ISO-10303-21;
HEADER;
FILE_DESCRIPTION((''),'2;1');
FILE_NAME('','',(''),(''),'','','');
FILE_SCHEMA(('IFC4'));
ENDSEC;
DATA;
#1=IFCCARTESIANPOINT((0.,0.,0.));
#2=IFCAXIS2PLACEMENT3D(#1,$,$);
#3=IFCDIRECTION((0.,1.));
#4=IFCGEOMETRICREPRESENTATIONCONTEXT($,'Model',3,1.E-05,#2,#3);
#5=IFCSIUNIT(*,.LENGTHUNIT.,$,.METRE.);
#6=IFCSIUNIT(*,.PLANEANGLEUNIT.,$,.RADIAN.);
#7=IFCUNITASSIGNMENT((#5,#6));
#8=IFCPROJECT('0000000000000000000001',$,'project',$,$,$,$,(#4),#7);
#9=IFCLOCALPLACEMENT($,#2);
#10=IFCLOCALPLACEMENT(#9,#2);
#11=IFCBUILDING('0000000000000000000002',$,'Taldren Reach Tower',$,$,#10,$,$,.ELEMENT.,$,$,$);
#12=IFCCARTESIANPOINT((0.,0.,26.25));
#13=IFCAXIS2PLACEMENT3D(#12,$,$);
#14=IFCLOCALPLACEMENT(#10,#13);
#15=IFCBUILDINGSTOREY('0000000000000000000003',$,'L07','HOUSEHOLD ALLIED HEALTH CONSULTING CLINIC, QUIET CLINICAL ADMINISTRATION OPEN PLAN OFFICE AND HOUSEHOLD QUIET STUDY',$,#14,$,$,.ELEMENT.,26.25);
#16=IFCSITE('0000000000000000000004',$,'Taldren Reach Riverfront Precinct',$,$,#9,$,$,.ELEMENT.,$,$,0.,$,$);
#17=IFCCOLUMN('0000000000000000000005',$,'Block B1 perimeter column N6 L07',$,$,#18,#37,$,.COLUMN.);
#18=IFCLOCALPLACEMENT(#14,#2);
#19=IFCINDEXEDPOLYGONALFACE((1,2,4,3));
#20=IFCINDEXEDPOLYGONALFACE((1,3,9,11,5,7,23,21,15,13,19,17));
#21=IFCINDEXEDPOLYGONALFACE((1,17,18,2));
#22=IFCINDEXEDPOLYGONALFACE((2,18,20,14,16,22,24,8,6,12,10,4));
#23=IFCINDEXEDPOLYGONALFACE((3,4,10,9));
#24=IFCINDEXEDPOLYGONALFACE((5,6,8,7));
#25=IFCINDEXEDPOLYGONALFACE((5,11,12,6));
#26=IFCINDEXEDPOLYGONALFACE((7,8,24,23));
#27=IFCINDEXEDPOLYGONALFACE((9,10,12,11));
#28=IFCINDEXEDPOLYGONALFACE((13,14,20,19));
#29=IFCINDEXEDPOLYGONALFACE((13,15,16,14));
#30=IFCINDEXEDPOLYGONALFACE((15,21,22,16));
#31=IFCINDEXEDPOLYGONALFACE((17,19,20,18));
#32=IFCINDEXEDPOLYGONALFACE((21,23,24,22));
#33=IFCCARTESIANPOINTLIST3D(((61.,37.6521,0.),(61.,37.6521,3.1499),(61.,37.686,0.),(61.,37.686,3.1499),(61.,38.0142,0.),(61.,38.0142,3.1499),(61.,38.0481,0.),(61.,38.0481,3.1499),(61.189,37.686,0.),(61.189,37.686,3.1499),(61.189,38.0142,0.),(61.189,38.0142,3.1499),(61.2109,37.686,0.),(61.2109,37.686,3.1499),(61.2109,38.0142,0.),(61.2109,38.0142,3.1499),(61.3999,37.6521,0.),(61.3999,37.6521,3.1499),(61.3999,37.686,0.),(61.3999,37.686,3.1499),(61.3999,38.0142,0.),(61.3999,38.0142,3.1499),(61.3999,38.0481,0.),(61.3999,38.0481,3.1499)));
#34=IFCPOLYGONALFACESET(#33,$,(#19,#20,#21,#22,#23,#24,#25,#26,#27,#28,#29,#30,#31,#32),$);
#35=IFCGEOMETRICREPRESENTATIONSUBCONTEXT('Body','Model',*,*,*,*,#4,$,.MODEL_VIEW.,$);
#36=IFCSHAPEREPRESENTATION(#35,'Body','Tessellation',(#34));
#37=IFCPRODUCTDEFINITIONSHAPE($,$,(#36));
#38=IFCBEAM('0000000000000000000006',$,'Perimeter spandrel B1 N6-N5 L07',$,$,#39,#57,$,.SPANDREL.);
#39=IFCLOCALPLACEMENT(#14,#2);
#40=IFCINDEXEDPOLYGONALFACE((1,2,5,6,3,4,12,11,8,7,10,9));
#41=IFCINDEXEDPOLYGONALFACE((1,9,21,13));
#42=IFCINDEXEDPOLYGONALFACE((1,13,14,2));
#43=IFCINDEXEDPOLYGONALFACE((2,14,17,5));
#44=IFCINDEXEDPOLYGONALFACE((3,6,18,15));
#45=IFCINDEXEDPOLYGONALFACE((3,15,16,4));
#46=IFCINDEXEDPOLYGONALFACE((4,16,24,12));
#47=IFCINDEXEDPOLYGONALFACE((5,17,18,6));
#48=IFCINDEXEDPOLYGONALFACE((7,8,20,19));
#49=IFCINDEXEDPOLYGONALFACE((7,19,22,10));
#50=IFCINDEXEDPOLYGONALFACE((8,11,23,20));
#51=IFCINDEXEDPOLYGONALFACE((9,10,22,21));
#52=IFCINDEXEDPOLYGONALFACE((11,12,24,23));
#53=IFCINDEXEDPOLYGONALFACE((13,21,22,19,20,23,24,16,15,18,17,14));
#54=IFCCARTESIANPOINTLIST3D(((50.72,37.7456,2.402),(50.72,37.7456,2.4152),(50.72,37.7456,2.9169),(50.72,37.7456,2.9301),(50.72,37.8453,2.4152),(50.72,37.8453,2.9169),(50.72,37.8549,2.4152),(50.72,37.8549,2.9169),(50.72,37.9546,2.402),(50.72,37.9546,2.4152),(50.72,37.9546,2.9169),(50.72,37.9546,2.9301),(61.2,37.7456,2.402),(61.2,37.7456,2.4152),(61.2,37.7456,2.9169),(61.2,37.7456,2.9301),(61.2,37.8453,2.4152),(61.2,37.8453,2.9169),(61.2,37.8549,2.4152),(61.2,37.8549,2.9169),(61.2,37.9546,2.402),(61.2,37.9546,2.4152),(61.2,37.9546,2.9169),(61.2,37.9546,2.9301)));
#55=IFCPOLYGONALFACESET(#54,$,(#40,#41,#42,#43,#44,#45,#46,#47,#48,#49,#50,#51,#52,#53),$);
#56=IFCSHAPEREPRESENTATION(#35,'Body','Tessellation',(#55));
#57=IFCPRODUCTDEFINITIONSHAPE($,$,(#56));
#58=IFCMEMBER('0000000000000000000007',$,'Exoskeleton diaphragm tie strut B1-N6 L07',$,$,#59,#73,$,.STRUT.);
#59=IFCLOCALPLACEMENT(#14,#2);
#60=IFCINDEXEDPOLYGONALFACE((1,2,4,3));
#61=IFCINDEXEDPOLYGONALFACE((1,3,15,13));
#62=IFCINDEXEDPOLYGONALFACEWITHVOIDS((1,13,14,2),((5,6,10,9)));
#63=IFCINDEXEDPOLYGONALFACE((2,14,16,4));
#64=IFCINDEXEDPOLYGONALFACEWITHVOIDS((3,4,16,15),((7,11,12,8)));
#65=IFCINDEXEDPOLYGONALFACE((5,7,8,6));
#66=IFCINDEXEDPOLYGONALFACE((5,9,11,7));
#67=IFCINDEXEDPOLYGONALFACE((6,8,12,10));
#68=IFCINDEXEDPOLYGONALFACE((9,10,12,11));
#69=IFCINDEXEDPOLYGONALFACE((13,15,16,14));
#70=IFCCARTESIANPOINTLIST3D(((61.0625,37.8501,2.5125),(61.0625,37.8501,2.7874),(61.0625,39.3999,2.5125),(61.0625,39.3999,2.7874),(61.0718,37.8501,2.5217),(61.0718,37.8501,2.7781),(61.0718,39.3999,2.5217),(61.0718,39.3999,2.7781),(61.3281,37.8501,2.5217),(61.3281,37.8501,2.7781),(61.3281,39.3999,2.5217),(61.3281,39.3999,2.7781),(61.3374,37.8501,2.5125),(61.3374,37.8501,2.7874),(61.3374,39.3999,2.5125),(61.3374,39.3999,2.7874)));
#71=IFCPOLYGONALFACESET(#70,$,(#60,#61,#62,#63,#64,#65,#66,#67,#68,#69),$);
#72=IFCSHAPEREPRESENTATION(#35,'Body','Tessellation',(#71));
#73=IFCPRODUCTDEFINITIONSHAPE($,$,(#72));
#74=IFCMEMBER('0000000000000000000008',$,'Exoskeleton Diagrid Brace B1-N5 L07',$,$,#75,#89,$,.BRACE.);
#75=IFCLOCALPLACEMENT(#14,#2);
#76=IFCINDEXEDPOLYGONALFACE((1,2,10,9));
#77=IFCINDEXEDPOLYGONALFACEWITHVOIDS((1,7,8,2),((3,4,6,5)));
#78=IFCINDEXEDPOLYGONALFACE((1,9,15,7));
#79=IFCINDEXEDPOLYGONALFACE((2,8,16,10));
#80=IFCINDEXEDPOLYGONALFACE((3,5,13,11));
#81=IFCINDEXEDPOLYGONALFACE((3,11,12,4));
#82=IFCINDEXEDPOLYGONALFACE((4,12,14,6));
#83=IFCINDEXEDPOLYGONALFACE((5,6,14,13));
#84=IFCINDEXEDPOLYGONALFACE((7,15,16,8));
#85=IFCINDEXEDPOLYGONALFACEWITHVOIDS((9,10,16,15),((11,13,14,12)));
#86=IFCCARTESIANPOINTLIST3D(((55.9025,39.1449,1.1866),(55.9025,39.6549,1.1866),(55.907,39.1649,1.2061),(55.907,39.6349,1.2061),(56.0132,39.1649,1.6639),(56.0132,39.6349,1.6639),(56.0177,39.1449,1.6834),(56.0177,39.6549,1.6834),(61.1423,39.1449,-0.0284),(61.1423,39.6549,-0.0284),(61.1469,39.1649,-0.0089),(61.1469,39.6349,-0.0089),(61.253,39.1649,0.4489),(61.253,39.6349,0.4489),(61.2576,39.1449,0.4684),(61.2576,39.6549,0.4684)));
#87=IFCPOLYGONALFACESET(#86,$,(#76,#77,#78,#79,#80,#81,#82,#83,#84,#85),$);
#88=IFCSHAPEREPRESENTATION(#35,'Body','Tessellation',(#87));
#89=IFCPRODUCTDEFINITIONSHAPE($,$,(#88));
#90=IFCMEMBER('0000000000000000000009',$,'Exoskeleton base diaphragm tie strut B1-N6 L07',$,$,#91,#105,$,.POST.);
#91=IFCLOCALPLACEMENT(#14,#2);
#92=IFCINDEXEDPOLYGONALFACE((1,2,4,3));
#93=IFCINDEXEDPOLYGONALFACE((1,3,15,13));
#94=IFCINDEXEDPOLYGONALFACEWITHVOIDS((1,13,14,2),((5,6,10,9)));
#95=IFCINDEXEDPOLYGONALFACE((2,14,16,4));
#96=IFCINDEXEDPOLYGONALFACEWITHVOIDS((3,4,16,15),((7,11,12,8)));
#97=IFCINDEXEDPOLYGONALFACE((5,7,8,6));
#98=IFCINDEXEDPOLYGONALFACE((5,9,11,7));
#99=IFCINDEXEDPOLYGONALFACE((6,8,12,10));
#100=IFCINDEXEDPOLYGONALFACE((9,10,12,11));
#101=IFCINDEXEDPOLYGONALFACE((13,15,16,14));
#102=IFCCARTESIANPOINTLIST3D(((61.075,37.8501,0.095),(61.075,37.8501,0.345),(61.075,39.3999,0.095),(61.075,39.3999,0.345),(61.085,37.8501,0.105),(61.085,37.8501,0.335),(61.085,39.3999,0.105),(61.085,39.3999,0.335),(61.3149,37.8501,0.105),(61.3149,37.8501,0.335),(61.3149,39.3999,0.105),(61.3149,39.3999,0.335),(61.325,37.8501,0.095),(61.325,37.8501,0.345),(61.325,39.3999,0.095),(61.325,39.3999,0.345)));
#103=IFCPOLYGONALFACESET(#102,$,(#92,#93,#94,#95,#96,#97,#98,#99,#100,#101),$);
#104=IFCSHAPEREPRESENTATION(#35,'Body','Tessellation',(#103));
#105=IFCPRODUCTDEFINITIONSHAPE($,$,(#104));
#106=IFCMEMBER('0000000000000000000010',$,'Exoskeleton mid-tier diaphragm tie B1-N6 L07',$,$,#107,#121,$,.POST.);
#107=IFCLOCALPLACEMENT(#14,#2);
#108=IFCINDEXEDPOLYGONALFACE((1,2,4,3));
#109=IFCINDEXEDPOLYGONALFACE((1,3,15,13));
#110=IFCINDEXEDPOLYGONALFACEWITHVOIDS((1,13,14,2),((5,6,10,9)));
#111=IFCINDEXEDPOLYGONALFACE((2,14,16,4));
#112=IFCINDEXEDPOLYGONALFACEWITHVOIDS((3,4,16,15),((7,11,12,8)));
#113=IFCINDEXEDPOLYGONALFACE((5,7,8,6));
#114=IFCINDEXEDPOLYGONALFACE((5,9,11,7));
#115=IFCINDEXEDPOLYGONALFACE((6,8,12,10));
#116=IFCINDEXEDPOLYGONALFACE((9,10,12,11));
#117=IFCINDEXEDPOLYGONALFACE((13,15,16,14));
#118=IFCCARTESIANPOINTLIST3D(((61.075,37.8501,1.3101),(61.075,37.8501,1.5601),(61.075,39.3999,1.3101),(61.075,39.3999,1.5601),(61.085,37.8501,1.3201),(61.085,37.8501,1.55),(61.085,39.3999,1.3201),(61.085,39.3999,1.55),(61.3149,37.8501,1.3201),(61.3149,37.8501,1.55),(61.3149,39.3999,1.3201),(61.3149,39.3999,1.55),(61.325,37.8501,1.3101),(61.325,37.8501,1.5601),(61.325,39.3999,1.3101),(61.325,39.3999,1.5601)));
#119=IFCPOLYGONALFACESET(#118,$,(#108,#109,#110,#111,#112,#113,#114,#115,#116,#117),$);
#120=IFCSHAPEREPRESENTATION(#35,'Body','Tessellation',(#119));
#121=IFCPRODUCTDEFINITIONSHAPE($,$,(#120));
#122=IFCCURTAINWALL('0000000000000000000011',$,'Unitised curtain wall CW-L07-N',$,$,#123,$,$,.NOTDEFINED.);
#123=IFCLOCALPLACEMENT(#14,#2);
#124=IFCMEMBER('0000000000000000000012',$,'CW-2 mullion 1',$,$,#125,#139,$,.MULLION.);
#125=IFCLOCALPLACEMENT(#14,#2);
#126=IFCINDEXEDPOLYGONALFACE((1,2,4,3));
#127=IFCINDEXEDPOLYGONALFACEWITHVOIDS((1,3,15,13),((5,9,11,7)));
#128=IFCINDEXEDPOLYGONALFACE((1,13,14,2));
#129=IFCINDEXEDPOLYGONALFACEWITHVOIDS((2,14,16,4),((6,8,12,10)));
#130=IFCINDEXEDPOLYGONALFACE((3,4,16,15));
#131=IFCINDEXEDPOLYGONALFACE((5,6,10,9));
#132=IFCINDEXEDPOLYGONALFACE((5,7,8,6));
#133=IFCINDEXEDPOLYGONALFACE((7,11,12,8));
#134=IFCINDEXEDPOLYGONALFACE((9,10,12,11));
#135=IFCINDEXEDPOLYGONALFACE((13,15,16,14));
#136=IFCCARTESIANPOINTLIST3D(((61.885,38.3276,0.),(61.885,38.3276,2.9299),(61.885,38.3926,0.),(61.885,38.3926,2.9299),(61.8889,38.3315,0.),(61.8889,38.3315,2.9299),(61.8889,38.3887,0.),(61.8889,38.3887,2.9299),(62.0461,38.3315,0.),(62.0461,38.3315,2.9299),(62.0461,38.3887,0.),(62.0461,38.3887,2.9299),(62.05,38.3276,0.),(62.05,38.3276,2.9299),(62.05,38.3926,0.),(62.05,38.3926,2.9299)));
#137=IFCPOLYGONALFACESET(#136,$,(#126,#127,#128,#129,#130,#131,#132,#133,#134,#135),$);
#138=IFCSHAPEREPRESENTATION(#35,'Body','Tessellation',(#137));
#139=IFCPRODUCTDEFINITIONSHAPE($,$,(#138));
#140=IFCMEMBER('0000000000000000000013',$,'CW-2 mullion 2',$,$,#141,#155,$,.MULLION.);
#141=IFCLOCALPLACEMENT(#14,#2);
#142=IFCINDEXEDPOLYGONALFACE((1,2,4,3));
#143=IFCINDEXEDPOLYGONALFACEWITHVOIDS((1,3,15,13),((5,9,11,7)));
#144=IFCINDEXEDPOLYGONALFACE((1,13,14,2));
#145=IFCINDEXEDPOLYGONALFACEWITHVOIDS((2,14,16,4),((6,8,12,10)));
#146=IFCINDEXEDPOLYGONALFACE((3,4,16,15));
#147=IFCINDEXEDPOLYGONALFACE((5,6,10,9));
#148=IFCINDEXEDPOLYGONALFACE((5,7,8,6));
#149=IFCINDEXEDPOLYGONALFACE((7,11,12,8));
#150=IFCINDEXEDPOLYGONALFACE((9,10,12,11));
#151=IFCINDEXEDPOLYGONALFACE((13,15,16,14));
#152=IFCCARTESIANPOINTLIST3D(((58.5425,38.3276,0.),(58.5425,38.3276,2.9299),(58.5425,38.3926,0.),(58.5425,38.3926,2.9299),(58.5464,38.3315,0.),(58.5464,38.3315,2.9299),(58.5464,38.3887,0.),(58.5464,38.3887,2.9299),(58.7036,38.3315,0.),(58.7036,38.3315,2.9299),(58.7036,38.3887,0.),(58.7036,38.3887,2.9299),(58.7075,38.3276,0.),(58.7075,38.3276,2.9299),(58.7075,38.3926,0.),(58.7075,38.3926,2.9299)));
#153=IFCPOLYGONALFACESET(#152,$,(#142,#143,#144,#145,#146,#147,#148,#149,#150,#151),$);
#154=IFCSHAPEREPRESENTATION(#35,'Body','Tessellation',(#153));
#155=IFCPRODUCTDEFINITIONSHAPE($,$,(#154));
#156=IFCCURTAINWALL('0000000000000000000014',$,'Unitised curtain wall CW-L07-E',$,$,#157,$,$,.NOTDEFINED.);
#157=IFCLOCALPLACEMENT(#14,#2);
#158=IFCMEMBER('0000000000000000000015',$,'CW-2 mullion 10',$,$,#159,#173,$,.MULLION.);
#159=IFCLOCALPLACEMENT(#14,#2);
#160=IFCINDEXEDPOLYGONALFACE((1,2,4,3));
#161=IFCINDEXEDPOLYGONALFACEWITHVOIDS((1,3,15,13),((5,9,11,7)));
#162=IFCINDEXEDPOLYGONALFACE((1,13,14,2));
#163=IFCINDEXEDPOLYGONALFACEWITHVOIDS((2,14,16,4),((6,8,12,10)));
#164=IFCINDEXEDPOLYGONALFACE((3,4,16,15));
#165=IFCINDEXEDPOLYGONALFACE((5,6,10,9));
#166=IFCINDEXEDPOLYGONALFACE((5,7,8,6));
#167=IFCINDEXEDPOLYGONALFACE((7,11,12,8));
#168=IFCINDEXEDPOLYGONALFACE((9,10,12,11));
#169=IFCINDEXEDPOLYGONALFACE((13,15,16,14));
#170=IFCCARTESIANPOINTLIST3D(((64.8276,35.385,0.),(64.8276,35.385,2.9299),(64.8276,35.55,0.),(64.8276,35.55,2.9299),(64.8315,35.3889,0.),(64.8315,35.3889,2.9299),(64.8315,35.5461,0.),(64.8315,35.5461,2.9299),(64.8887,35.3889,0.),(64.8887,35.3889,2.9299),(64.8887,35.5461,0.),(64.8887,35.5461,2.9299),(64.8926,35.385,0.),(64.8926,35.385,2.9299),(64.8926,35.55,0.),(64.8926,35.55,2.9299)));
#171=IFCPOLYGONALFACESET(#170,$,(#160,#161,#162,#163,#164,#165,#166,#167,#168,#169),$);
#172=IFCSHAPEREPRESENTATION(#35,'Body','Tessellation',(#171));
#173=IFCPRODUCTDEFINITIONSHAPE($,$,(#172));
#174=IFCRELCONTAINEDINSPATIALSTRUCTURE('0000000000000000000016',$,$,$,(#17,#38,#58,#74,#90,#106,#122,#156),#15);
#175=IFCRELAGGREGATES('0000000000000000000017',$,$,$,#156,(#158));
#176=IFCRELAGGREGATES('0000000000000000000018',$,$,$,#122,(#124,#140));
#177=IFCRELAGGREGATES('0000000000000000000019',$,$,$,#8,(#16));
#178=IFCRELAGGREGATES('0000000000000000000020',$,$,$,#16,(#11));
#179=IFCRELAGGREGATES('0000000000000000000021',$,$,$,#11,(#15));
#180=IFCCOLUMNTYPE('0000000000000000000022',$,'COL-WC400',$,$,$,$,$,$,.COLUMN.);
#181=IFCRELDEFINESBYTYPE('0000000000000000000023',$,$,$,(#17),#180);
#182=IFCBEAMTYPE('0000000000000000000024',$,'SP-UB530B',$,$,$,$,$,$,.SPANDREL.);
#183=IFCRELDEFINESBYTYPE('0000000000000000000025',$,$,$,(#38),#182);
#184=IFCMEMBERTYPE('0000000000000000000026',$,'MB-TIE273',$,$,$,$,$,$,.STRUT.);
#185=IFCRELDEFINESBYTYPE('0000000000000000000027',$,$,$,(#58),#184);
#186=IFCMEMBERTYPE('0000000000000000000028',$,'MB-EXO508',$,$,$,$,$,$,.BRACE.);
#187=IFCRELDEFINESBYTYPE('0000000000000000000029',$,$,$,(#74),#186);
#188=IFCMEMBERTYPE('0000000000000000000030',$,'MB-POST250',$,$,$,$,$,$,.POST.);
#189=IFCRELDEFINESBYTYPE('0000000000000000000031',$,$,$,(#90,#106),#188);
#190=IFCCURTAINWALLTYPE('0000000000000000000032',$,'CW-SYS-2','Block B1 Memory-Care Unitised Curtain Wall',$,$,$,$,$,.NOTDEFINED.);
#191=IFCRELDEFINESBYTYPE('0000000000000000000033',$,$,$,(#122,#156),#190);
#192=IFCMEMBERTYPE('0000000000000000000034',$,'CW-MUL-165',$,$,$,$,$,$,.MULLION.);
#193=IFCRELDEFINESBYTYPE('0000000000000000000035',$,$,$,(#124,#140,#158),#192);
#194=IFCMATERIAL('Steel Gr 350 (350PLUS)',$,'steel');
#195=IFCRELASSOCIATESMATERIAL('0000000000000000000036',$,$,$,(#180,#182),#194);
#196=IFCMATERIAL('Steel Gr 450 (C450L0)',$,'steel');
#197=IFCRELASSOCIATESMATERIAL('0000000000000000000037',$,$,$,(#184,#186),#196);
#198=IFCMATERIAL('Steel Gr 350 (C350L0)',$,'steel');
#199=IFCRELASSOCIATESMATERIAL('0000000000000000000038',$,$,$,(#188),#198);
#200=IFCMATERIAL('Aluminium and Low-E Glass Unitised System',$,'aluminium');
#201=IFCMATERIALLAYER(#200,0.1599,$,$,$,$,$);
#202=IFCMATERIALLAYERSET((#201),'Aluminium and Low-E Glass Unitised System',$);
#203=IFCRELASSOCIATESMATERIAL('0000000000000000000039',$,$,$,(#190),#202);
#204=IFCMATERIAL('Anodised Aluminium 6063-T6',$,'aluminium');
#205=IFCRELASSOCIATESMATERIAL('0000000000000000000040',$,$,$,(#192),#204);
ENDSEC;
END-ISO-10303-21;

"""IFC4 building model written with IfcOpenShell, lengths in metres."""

from ifc_helpers import new_model, si_unit, direction, frame, origin, origin_2d, place, context, subcontext, project, spatial, hollow_rectangle, i_section, extrude, source, transform, mapped, material, layer, layer_set, material_profile, profile_set, type_object, element, aggregate, save


model = new_model("IFC4")

# Units and contexts
model_context = context("Model", 3, precision=1e-05, world=origin(), true_north=direction((0.0, 1.0)))
body_context = subcontext(model_context, "Body", "Model", "MODEL_VIEW")
ifc_project = project(units=[si_unit("LENGTHUNIT", "METRE"), si_unit("PLANEANGLEUNIT", "RADIAN")], contexts=[model_context])

# Site, building, storey
site_placement = place(None, origin())
site = spatial("IfcSite", under=ifc_project, at=site_placement, Name="Taldren Reach Riverfront Precinct", CompositionType="ELEMENT", RefElevation=0.0)
building_placement = place(site_placement, origin())
building = spatial("IfcBuilding", under=site, at=building_placement, Name="Taldren Reach Tower", CompositionType="ELEMENT")
storey_placement = place(building_placement, frame((0.0, 0.0, 26.25)))
storey = spatial("IfcBuildingStorey", under=building, at=storey_placement, Name="L07", Description="HOUSEHOLD ALLIED HEALTH CONSULTING CLINIC, QUIET CLINICAL ADMINISTRATION OPEN PLAN OFFICE AND HOUSEHOLD QUIET STUDY", CompositionType="ELEMENT", Elevation=26.25)

# Column
ifc_material_1 = material(Name="Steel Gr 350 (350PLUS)", Category="steel")
ifc_material_profile_1 = material_profile(ifc_material_1, i_section(OverallWidth=0.3999, OverallDepth=0.396, WebThickness=0.022, FlangeThickness=0.0339, at=origin_2d()), Name="400WC270")
ifc_profile_set_1 = profile_set([ifc_material_profile_1], Name="Steel Gr 350 (350PLUS)")
column_type = type_object("IfcColumnType", Name="COL-WC400", PredefinedType="COLUMN", material=ifc_profile_set_1)
shared_shape_1 = source(origin(), body_context, "Body", "SweptSolid", [
    extrude(i_section(OverallWidth=0.3999, OverallDepth=0.396, WebThickness=0.022, FlangeThickness=0.0339, at=origin_2d()), origin(), (0.0, 0.0, 1.0), 3.1499),
])
column_placement = place(storey_placement, frame((61.2, 37.8501, 0.0), z_axis=(0.0, 0.0, 1.0), x_axis=(1.0, 0.0, 0.0)))
element("IfcColumn", 1, at=column_placement, inside=storey, type_object=column_type, Name="Block B1 perimeter column N6 L07", PredefinedType="COLUMN", context=body_context, shape_type="MappedRepresentation", body=[
    mapped(shared_shape_1, transform((0.0, 0.0, 0.0), scale=1.0)),
])

# Beam
ifc_material_profile_2 = material_profile(ifc_material_1, i_section(OverallWidth=0.209, OverallDepth=0.5281, WebThickness=0.0095, FlangeThickness=0.0132, at=origin_2d()), Name="530UB82.0")
ifc_profile_set_2 = profile_set([ifc_material_profile_2], Name="Steel Gr 350 (350PLUS)")
beam_type = type_object("IfcBeamType", Name="SP-UB530B", PredefinedType="SPANDREL", material=ifc_profile_set_2)
shared_shape_2 = source(origin(), body_context, "Body", "SweptSolid", [
    extrude(i_section(OverallWidth=0.209, OverallDepth=0.5281, WebThickness=0.0095, FlangeThickness=0.0132, at=origin_2d()), origin(), (0.0, 0.0, 1.0), 10.48),
])
beam_placement = place(storey_placement, frame((61.2, 37.8501, 2.666), z_axis=(-1.0, 0.0, 0.0), x_axis=(0.0, -1.0, 0.0)))
element("IfcBeam", 2, at=beam_placement, inside=storey, type_object=beam_type, Name="Perimeter spandrel B1 N6-N5 L07", PredefinedType="SPANDREL", context=body_context, shape_type="MappedRepresentation", body=[
    mapped(shared_shape_2, transform((0.0, 0.0, 0.0), scale=1.0)),
])

# Members
ifc_material_2 = material(Name="Steel Gr 450 (C450L0)", Category="steel")
ifc_material_profile_3 = material_profile(ifc_material_2, hollow_rectangle(XDim=0.2749, YDim=0.2749, WallThickness=0.0093, at=origin_2d()), Name="275x275x9.3SHS")
ifc_profile_set_3 = profile_set([ifc_material_profile_3], Name="Steel Gr 450 (C450L0)")
member_type_1 = type_object("IfcMemberType", Name="MB-TIE273", PredefinedType="STRUT", material=ifc_profile_set_3)
shared_shape_3 = source(origin(), body_context, "Body", "SweptSolid", [
    extrude(hollow_rectangle(XDim=0.2749, YDim=0.2749, WallThickness=0.0093, at=origin_2d()), origin(), (0.0, 0.0, 1.0), 1.5498),
])
member_1_placement = place(storey_placement, frame((61.2, 37.8501, 2.6499), z_axis=(0.0, 1.0, 0.0), x_axis=(-1.0, 0.0, 0.0)))
element("IfcMember", 3, at=member_1_placement, inside=storey, type_object=member_type_1, Name="Exoskeleton diaphragm tie strut B1-N6 L07", PredefinedType="STRUT", context=body_context, shape_type="MappedRepresentation", body=[
    mapped(shared_shape_3, transform((0.0, 0.0, 0.0), scale=1.0)),
])
ifc_material_profile_4 = material_profile(ifc_material_2, hollow_rectangle(XDim=0.51, YDim=0.51, WallThickness=0.02, at=origin_2d()), Name="510x510x20.0SHS")
ifc_profile_set_4 = profile_set([ifc_material_profile_4], Name="Steel Gr 450 (C450L0)")
member_type_2 = type_object("IfcMemberType", Name="MB-EXO508", PredefinedType="BRACE", material=ifc_profile_set_4)
shared_shape_4 = source(origin(), body_context, "Body", "SweptSolid", [
    extrude(hollow_rectangle(XDim=0.51, YDim=0.51, WallThickness=0.02, at=origin_2d()), origin(), (0.0, 0.0, 1.0), 5.3789),
])
member_2_placement = place(storey_placement, frame((61.2, 39.3999, 0.22), z_axis=(-0.974152, 0.0, 0.225894), x_axis=(0.0, -1.0, 0.0)))
element("IfcMember", 4, at=member_2_placement, inside=storey, type_object=member_type_2, Name="Exoskeleton Diagrid Brace B1-N5 L07", PredefinedType="BRACE", context=body_context, shape_type="MappedRepresentation", body=[
    mapped(shared_shape_4, transform((0.0, 0.0, 0.0), scale=1.0)),
])
ifc_material_3 = material(Name="Steel Gr 350 (C350L0)", Category="steel")
ifc_material_profile_5 = material_profile(ifc_material_3, hollow_rectangle(XDim=0.25, YDim=0.25, WallThickness=0.01, at=origin_2d()), Name="250x250x10.0SHS")
ifc_profile_set_5 = profile_set([ifc_material_profile_5], Name="Steel Gr 350 (C350L0)")
member_type_3 = type_object("IfcMemberType", Name="MB-POST250", PredefinedType="POST", material=ifc_profile_set_5)
shared_shape_5 = source(origin(), body_context, "Body", "SweptSolid", [
    extrude(hollow_rectangle(XDim=0.25, YDim=0.25, WallThickness=0.01, at=origin_2d()), origin(), (0.0, 0.0, 1.0), 1.5498),
])
for number, where, z_axis, x_axis, name in (
    (5, (61.2, 37.8501, 0.22), (0.0, 1.0, 0.0), (-1.0, 0.0, 0.0), "Exoskeleton base diaphragm tie strut B1-N6 L07"),
    (6, (61.2, 37.8501, 1.4351), (0.0, 1.0, 0.0), (-1.0, 0.0, 0.0), "Exoskeleton mid-tier diaphragm tie B1-N6 L07"),
):
    element("IfcMember", number, at=place(storey_placement, frame(where, z_axis=z_axis, x_axis=x_axis)), inside=storey, type_object=member_type_3, Name=name, PredefinedType="POST", context=body_context, shape_type="MappedRepresentation", body=[
        mapped(shared_shape_5, transform((0.0, 0.0, 0.0), scale=1.0)),
    ])

# Curtain wall, members
ifc_material_4 = material(Name="Aluminium and Low-E Glass Unitised System", Category="aluminium")
ifc_layer_1 = layer(ifc_material_4, 0.1599)
ifc_layer_set_1 = layer_set([ifc_layer_1], Name="Aluminium and Low-E Glass Unitised System")
curtain_wall_type = type_object("IfcCurtainWallType", Name="CW-SYS-2", Description="Block B1 Memory-Care Unitised Curtain Wall", PredefinedType="NOTDEFINED", material=ifc_layer_set_1)
curtain_wall_1_placement = place(storey_placement, origin())
curtain_wall_1 = element("IfcCurtainWall", 7, at=curtain_wall_1_placement, inside=storey, type_object=curtain_wall_type, Name="Unitised curtain wall CW-L07-N", PredefinedType="NOTDEFINED")
ifc_material_5 = material(Name="Anodised Aluminium 6063-T6", Category="aluminium")
ifc_material_profile_6 = material_profile(ifc_material_5, hollow_rectangle(XDim=0.0649, YDim=0.165, WallThickness=0.0039, at=origin_2d()), Name="ALU-165x65x4RHS")
ifc_profile_set_6 = profile_set([ifc_material_profile_6], Name="Anodised Aluminium 6063-T6")
member_type_4 = type_object("IfcMemberType", Name="CW-MUL-165", PredefinedType="MULLION", material=ifc_profile_set_6)
shared_shape_6 = source(origin(), body_context, "Body", "SweptSolid", [
    extrude(hollow_rectangle(XDim=0.0649, YDim=0.165, WallThickness=0.0039, at=origin_2d()), origin(), (0.0, 0.0, 1.0), 2.9299),
])
member_3_placement = place(storey_placement, frame((61.9675, 38.3601, 0.0), z_axis=(0.0, 0.0, 1.0), x_axis=(0.0, -1.0, 0.0)))
member_3 = element("IfcMember", 8, at=member_3_placement, type_object=member_type_4, Name="CW-2 mullion 1", PredefinedType="MULLION", context=body_context, shape_type="MappedRepresentation", body=[
    mapped(shared_shape_6, transform((0.0, 0.0, 0.0), scale=1.0)),
])
member_4_placement = place(storey_placement, frame((58.625, 38.3601, 0.0), z_axis=(0.0, 0.0, 1.0), x_axis=(0.0, -1.0, 0.0)))
member_4 = element("IfcMember", 9, at=member_4_placement, type_object=member_type_4, Name="CW-2 mullion 2", PredefinedType="MULLION", context=body_context, shape_type="MappedRepresentation", body=[
    mapped(shared_shape_6, transform((0.0, 0.0, 0.0), scale=1.0)),
])

# Curtain wall, member
curtain_wall_2_placement = place(storey_placement, origin())
curtain_wall_2 = element("IfcCurtainWall", 10, at=curtain_wall_2_placement, inside=storey, type_object=curtain_wall_type, Name="Unitised curtain wall CW-L07-E", PredefinedType="NOTDEFINED")
member_5_placement = place(storey_placement, frame((64.8601, 35.4675, 0.0), z_axis=(0.0, 0.0, 1.0), x_axis=(-1.0, 0.0, 0.0)))
member_5 = element("IfcMember", 11, at=member_5_placement, type_object=member_type_4, Name="CW-2 mullion 10", PredefinedType="MULLION", context=body_context, shape_type="MappedRepresentation", body=[
    mapped(shared_shape_6, transform((0.0, 0.0, 0.0), scale=1.0)),
])
aggregate(curtain_wall_2, [member_5])

aggregate(curtain_wall_1, [member_3, member_4])

save(model, "model.ifc")
